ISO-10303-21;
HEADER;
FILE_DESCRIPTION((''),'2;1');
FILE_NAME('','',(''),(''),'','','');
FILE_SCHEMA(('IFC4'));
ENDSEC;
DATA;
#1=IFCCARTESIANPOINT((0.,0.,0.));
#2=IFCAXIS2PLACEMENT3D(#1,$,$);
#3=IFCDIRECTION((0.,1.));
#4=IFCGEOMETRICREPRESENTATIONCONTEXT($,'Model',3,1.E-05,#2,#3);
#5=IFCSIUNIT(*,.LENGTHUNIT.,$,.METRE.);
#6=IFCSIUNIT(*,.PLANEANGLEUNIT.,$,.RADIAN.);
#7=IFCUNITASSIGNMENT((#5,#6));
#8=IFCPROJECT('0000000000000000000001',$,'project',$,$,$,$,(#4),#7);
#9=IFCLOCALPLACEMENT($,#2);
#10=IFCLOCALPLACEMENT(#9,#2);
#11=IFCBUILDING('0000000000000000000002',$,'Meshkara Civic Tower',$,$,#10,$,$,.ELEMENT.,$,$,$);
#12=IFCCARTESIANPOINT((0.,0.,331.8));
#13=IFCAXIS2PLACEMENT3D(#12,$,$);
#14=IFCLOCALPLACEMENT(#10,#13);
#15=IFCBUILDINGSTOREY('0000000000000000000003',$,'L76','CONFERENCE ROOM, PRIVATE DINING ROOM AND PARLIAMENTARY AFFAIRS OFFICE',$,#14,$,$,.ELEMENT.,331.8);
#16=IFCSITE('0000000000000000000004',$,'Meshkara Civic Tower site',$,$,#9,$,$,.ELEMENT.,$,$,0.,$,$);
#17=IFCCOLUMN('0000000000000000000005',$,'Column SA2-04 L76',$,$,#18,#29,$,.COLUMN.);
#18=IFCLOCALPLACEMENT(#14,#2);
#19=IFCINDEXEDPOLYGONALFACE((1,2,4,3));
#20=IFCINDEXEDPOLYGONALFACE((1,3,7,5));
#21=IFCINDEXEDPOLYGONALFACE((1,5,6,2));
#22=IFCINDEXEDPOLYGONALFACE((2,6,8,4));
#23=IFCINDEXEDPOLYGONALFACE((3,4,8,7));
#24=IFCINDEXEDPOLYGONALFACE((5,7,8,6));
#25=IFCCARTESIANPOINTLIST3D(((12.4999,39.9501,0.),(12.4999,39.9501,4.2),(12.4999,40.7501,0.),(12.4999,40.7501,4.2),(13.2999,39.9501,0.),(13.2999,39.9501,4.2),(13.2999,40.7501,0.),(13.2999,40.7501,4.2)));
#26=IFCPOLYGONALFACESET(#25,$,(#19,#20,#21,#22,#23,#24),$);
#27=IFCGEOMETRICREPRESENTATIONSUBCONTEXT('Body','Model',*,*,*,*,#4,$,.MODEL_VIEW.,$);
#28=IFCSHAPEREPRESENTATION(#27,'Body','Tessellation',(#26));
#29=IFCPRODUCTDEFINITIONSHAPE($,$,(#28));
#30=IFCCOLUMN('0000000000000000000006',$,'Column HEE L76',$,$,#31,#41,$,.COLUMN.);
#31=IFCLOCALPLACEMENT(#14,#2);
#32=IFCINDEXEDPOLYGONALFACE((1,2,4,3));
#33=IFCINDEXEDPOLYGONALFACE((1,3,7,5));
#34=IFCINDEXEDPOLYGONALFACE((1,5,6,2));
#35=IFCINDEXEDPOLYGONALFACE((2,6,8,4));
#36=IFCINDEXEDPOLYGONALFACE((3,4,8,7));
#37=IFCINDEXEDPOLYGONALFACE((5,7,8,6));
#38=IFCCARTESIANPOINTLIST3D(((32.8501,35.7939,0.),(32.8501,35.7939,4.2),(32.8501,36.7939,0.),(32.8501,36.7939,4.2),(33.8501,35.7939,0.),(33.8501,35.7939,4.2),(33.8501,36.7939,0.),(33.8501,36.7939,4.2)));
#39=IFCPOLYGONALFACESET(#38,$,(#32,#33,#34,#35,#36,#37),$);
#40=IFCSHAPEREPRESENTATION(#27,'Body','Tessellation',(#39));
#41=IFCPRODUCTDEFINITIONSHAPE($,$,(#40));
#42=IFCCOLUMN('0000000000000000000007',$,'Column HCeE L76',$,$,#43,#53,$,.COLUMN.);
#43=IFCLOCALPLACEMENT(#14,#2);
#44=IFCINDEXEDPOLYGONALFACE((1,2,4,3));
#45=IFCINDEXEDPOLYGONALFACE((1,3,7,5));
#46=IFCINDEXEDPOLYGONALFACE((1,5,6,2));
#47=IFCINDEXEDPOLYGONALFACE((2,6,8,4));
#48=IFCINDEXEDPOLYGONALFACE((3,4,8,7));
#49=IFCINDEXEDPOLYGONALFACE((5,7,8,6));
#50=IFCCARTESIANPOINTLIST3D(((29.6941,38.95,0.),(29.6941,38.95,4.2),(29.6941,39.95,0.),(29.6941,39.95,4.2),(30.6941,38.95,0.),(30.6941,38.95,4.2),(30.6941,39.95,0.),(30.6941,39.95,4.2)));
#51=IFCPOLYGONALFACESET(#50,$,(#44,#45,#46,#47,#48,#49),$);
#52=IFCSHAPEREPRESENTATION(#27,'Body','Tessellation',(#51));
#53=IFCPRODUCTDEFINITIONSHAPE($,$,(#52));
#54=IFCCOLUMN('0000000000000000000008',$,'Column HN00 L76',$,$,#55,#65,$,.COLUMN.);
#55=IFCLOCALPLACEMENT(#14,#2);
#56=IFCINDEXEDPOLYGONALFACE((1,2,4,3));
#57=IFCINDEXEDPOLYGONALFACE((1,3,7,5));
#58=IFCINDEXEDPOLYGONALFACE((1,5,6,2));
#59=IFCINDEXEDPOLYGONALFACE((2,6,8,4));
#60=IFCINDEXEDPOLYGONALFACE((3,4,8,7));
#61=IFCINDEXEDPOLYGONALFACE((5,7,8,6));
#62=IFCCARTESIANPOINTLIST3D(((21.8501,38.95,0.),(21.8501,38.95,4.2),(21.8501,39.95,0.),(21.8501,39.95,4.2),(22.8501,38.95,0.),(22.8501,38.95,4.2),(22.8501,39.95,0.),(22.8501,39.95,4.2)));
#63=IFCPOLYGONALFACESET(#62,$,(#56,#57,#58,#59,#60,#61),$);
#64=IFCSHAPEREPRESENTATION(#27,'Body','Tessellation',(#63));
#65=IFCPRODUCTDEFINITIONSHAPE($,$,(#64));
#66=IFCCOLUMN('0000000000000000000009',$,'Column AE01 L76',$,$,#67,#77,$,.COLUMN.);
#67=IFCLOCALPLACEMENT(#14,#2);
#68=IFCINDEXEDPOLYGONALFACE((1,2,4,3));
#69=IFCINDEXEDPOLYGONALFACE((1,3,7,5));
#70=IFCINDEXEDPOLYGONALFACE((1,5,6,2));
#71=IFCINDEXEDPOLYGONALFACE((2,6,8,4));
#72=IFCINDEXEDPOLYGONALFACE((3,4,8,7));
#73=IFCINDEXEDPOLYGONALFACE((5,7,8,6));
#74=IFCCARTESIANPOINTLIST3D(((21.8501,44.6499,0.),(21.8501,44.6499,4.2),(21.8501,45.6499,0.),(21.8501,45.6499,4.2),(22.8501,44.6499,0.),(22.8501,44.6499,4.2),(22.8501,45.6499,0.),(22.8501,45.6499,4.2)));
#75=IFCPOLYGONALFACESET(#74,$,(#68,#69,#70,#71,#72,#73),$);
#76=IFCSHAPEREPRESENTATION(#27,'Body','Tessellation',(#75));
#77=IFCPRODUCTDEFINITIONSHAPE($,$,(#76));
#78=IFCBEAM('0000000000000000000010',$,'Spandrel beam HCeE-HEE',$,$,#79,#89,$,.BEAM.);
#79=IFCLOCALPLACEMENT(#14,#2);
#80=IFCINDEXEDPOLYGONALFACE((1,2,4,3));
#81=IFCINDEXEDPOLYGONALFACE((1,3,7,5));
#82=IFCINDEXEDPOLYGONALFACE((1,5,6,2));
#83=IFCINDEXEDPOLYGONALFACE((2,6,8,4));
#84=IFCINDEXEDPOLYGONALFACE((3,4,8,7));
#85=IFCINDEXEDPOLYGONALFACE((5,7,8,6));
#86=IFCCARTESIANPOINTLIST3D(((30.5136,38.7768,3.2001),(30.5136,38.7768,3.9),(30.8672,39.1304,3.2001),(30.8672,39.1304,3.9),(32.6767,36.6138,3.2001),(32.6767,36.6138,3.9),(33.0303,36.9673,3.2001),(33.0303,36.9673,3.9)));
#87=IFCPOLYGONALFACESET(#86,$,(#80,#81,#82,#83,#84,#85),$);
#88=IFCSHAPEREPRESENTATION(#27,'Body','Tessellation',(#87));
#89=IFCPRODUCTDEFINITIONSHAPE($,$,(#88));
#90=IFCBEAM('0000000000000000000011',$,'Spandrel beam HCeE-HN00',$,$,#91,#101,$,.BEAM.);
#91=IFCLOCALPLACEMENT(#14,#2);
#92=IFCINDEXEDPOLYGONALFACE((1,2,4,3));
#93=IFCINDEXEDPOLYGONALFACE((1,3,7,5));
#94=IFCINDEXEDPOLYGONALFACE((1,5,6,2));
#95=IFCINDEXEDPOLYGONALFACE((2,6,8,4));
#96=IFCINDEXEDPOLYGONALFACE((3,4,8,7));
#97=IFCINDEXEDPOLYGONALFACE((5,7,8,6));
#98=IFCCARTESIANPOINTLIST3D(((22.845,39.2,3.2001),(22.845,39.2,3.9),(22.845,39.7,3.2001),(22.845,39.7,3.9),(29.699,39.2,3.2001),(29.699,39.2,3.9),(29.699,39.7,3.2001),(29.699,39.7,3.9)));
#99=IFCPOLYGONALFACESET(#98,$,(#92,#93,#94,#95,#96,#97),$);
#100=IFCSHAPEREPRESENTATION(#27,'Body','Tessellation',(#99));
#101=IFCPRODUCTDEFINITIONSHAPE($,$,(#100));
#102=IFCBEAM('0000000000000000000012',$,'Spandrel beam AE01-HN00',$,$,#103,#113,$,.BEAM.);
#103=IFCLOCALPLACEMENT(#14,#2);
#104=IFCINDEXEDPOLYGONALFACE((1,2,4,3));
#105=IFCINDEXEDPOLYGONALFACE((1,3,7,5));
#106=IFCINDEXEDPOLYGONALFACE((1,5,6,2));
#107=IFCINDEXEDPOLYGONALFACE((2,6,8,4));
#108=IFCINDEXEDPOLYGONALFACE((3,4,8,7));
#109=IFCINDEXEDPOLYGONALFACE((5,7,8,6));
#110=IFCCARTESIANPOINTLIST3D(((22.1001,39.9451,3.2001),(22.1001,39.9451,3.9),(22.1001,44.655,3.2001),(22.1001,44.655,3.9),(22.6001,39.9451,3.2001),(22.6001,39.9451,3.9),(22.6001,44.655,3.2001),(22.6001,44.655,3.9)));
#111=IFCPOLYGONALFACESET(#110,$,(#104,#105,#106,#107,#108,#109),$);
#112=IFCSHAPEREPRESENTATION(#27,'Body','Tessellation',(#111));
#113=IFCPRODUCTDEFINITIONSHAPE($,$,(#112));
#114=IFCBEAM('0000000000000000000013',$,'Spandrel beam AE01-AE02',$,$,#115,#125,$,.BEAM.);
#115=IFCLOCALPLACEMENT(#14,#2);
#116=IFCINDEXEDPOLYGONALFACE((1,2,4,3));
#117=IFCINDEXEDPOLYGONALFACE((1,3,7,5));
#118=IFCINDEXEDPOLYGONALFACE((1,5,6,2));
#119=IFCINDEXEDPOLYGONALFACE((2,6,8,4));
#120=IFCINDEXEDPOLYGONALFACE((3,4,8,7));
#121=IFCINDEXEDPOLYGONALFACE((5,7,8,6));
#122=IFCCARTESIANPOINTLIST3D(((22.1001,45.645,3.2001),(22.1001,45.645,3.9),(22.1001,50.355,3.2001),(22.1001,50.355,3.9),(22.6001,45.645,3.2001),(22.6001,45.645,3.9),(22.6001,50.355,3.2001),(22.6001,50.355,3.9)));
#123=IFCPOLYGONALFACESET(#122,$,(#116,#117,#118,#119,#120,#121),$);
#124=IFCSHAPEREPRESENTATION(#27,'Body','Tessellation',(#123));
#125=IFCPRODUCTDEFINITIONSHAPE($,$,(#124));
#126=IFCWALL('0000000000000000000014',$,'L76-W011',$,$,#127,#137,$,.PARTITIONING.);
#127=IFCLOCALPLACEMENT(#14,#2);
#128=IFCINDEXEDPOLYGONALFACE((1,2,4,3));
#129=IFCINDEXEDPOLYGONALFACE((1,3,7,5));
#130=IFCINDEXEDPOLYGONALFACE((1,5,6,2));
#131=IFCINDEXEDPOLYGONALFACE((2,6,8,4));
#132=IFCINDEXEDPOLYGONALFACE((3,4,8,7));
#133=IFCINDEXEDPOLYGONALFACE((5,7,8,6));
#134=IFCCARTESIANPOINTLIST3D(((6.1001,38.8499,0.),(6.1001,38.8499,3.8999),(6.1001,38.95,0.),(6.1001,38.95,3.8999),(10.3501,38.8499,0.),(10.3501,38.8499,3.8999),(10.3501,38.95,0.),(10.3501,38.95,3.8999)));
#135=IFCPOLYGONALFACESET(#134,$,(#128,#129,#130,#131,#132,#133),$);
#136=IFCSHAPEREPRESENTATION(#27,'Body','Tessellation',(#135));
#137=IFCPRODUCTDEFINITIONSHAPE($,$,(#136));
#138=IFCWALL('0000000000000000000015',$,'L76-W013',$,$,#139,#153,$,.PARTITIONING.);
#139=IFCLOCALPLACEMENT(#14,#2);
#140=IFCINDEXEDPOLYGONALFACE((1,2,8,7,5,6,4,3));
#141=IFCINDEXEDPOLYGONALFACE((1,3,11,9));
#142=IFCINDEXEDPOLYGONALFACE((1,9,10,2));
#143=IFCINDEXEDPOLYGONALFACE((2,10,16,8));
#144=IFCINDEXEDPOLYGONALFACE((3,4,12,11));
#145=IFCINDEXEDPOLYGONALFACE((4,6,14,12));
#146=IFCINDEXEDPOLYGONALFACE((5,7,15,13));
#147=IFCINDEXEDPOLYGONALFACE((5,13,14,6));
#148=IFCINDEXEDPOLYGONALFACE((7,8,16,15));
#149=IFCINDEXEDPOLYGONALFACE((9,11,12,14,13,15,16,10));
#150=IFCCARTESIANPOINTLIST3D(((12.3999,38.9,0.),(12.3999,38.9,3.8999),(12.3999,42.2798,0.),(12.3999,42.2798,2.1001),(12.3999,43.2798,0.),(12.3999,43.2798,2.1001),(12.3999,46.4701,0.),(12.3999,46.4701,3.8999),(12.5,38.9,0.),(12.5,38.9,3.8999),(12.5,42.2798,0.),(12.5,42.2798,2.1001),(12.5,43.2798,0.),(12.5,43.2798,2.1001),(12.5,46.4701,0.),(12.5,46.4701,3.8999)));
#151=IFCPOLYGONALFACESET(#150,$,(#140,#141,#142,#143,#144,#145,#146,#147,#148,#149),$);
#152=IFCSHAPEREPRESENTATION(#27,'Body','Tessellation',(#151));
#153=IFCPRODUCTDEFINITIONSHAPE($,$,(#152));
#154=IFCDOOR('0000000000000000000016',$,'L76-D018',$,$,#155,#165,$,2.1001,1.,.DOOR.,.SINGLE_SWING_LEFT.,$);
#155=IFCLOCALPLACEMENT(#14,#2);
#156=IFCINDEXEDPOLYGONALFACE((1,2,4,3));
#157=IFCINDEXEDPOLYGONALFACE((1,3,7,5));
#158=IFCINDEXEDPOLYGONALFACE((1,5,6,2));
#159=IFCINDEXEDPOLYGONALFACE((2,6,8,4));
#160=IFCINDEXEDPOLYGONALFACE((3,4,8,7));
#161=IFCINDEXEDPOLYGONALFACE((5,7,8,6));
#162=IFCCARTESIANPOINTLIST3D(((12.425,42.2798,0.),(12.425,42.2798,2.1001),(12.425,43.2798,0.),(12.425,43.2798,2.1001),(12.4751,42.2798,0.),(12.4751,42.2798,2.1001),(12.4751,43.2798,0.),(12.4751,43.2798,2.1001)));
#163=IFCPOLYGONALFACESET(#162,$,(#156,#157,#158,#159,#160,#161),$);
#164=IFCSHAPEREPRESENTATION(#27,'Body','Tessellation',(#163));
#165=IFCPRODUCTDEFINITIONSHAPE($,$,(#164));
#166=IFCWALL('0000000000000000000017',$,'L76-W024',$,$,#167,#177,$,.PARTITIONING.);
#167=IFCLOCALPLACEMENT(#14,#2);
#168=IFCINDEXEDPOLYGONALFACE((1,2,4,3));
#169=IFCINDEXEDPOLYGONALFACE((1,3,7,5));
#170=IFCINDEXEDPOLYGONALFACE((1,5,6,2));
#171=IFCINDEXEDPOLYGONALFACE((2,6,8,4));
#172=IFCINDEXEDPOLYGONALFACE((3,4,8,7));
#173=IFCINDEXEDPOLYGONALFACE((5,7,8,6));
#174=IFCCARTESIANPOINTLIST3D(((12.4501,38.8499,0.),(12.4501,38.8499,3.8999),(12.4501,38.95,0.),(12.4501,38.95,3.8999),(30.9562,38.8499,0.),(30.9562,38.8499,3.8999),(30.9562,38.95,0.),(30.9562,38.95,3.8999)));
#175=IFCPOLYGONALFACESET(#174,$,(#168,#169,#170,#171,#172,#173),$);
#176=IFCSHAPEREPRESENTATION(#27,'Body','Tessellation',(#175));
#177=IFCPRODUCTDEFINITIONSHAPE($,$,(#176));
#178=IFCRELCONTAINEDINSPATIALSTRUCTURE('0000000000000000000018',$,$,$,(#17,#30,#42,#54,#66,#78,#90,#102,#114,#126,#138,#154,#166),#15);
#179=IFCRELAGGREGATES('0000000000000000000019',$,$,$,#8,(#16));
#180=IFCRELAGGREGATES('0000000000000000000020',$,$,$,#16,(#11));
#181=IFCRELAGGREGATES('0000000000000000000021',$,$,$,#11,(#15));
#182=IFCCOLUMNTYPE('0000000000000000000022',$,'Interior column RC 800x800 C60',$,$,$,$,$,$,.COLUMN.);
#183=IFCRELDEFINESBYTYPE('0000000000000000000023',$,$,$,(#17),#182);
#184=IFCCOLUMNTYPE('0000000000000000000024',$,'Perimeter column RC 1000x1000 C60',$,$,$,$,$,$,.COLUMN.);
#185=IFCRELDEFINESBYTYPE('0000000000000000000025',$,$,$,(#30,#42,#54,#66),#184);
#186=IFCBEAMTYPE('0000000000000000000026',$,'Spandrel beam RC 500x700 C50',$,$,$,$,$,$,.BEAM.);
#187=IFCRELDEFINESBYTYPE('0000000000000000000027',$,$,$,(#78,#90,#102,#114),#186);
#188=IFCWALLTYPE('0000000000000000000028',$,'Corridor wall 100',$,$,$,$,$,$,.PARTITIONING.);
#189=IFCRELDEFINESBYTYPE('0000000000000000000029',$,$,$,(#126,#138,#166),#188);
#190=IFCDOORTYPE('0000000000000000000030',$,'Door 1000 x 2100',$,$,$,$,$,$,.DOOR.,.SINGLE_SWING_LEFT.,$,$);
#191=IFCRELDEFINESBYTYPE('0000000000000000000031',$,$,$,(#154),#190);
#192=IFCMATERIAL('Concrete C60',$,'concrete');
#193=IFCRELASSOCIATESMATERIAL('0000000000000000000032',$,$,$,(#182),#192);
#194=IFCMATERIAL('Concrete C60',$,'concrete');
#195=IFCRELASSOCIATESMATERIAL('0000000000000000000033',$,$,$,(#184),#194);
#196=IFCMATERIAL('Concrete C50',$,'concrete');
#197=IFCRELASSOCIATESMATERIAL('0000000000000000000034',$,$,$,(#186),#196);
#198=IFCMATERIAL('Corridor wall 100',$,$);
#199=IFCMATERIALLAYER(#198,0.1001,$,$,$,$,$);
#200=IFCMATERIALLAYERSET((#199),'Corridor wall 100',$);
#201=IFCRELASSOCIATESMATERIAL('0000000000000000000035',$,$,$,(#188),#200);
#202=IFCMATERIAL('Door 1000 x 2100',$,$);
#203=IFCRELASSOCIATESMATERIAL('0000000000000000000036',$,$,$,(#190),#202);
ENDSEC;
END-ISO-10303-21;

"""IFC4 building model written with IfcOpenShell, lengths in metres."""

from ifc_helpers import new_model, si_unit, direction, frame, frame_2d, origin, origin_2d, place, context, subcontext, project, spatial, rectangle, extrude, material, layer, layer_set, material_profile, profile_set, type_object, element, fill, save


model = new_model("IFC4")

# Units and contexts
model_context = context("Model", 3, precision=1e-05, world=origin(), true_north=direction((0.0, 1.0)))
body_context = subcontext(model_context, "Body", "Model", "MODEL_VIEW")
ifc_project = project(units=[si_unit("LENGTHUNIT", "METRE"), si_unit("PLANEANGLEUNIT", "RADIAN")], contexts=[model_context])

# Site, building, storey
site_placement = place(None, origin())
site = spatial("IfcSite", under=ifc_project, at=site_placement, Name="Meshkara Civic Tower site", CompositionType="ELEMENT", RefElevation=0.0)
building_placement = place(site_placement, origin())
building = spatial("IfcBuilding", under=site, at=building_placement, Name="Meshkara Civic Tower", CompositionType="ELEMENT")
storey_placement = place(building_placement, frame((0.0, 0.0, 331.8)))
storey = spatial("IfcBuildingStorey", under=building, at=storey_placement, Name="L76", Description="CONFERENCE ROOM, PRIVATE DINING ROOM AND PARLIAMENTARY AFFAIRS OFFICE", CompositionType="ELEMENT", Elevation=331.8)

# Columns
ifc_material_1 = material(Name="Concrete C60", Category="concrete")
ifc_material_profile_1 = material_profile(ifc_material_1, rectangle(XDim=0.8, YDim=0.8, at=origin_2d()))
ifc_profile_set_1 = profile_set([ifc_material_profile_1], Name="Concrete C60")
column_type_1 = type_object("IfcColumnType", Name="Interior column RC 800x800 C60", PredefinedType="COLUMN", material=ifc_profile_set_1)
column_placement = place(storey_placement, frame((12.8999, 40.3501, 0.0), z_axis=(0.0, 0.0, 1.0), x_axis=(1.0, 0.0, 0.0)))
element("IfcColumn", 1, at=column_placement, inside=storey, type_object=column_type_1, Name="Column SA2-04 L76", PredefinedType="COLUMN", context=body_context, shape_type="SweptSolid", body=[
    extrude(rectangle(XDim=0.8, YDim=0.8, at=origin_2d()), origin(), (0.0, 0.0, 1.0), 4.2),
])
ifc_material_2 = material(Name="Concrete C60", Category="concrete")
ifc_material_profile_2 = material_profile(ifc_material_2, rectangle(XDim=1.0, YDim=1.0, at=origin_2d()))
ifc_profile_set_2 = profile_set([ifc_material_profile_2], Name="Concrete C60")
column_type_2 = type_object("IfcColumnType", Name="Perimeter column RC 1000x1000 C60", PredefinedType="COLUMN", material=ifc_profile_set_2)
for number, where, z_axis, x_axis, name in (
    (2, (33.3501, 36.2939, 0.0), (0.0, 0.0, 1.0), (1.0, 0.0, 0.0), "Column HEE L76"),
    (3, (30.1941, 39.45, 0.0), (0.0, 0.0, 1.0), (1.0, 0.0, 0.0), "Column HCeE L76"),
    (4, (22.3501, 39.45, 0.0), (0.0, 0.0, 1.0), (1.0, 0.0, 0.0), "Column HN00 L76"),
    (5, (22.3501, 45.1499, 0.0), (0.0, 0.0, 1.0), (1.0, 0.0, 0.0), "Column AE01 L76"),
):
    element("IfcColumn", number, at=place(storey_placement, frame(where, z_axis=z_axis, x_axis=x_axis)), inside=storey, type_object=column_type_2, Name=name, PredefinedType="COLUMN", context=body_context, shape_type="SweptSolid", body=[
        extrude(rectangle(XDim=1.0, YDim=1.0, at=origin_2d()), origin(), (0.0, 0.0, 1.0), 4.2),
    ])

# Beams
ifc_material_3 = material(Name="Concrete C50", Category="concrete")
ifc_material_profile_3 = material_profile(ifc_material_3, rectangle(XDim=0.5, YDim=0.7, at=origin_2d()))
ifc_profile_set_3 = profile_set([ifc_material_profile_3], Name="Concrete C50")
beam_type = type_object("IfcBeamType", Name="Spandrel beam RC 500x700 C50", PredefinedType="BEAM", material=ifc_profile_set_3)
beam_1_placement = place(storey_placement, frame((32.8535, 36.7905, 3.55), z_axis=(-0.707107, 0.707107, 0.0), x_axis=(-0.707107, -0.707107, 0.0)))
element("IfcBeam", 6, at=beam_1_placement, inside=storey, type_object=beam_type, Name="Spandrel beam HCeE-HEE", PredefinedType="BEAM", context=body_context, shape_type="SweptSolid", body=[
    extrude(rectangle(XDim=0.5, YDim=0.7, at=origin_2d()), origin(), (0.0, 0.0, 1.0), 3.0591),
])
beam_2_placement = place(storey_placement, frame((29.699, 39.45, 3.55), z_axis=(-1.0, 0.0, 0.0), x_axis=(0.0, -1.0, 0.0)))
element("IfcBeam", 7, at=beam_2_placement, inside=storey, type_object=beam_type, Name="Spandrel beam HCeE-HN00", PredefinedType="BEAM", context=body_context, shape_type="SweptSolid", body=[
    extrude(rectangle(XDim=0.5, YDim=0.7, at=origin_2d()), origin(), (0.0, 0.0, 1.0), 6.854),
])
for number, where, z_axis, x_axis, name in (
    (8, (22.3501, 39.9451, 3.55), (0.0, 1.0, 0.0), (-1.0, 0.0, 0.0), "Spandrel beam AE01-HN00"),
    (9, (22.3501, 45.645, 3.55), (0.0, 1.0, 0.0), (-1.0, 0.0, 0.0), "Spandrel beam AE01-AE02"),
):
    element("IfcBeam", number, at=place(storey_placement, frame(where, z_axis=z_axis, x_axis=x_axis)), inside=storey, type_object=beam_type, Name=name, PredefinedType="BEAM", context=body_context, shape_type="SweptSolid", body=[
        extrude(rectangle(XDim=0.5, YDim=0.7, at=origin_2d()), origin(), (0.0, 0.0, 1.0), 4.71),
    ])

# Wall
ifc_material_4 = material(Name="Corridor wall 100")
ifc_layer_1 = layer(ifc_material_4, 0.1001)
ifc_layer_set_1 = layer_set([ifc_layer_1], Name="Corridor wall 100")
wall_type_1 = type_object("IfcWallType", Name="Corridor wall 100", PredefinedType="PARTITIONING", material=ifc_layer_set_1)
wall_1_placement = place(storey_placement, frame((10.3501, 38.8999, 0.0), z_axis=(0.0, 0.0, 1.0), x_axis=(-1.0, 0.0, 0.0)))
element("IfcWall", 10, at=wall_1_placement, inside=storey, type_object=wall_type_1, Name="L76-W011", PredefinedType="PARTITIONING", context=body_context, shape_type="SweptSolid", body=[
    extrude(rectangle(XDim=4.25, YDim=0.1001, at=frame_2d((2.125, 0.0))), origin(), (0.0, 0.0, 1.0), 3.8999),
])

# Wall, opening, door
wall_2_placement = place(storey_placement, frame((12.45, 38.8999, 0.0), z_axis=(0.0, 0.0, 1.0), x_axis=(0.0, 1.0, 0.0)))
wall_2 = element("IfcWall", 11, at=wall_2_placement, inside=storey, type_object=wall_type_1, Name="L76-W013", PredefinedType="PARTITIONING", context=body_context, shape_type="SweptSolid", body=[
    extrude(rectangle(XDim=7.5701, YDim=0.1001, at=frame_2d((3.7852, 0.0))), origin(), (0.0, 0.0, 1.0), 3.8999),
])
opening_1_placement = place(wall_2_placement, frame((3.3799, 0.0, 0.0)))
opening_1 = element("IfcOpeningElement", 12, at=opening_1_placement, cuts=wall_2, PredefinedType="OPENING", context=body_context, shape_type="SweptSolid", body=[
    extrude(rectangle(XDim=1.0, YDim=2.1001, at=frame_2d((0.5, 1.05))), frame((0.0, 0.0601, 0.0), z_axis=(0.0, -1.0, 0.0), x_axis=(1.0, 0.0, 0.0)), (0.0, 0.0, 1.0), 0.1201),
])
ifc_material_5 = material(Name="Door 1000 x 2100")
door_type = type_object("IfcDoorType", Name="Door 1000 x 2100", OperationType="SINGLE_SWING_LEFT", PredefinedType="DOOR", material=ifc_material_5)
door_placement = place(opening_1_placement, origin())
door = element("IfcDoor", 13, at=door_placement, inside=storey, type_object=door_type, Name="L76-D018", OperationType="SINGLE_SWING_LEFT", OverallHeight=2.1001, OverallWidth=1.0, PredefinedType="DOOR", context=body_context, shape_type="SweptSolid", body=[
    extrude(rectangle(XDim=1.0, YDim=2.1001, at=frame_2d((0.5, 1.05))), frame((0.0, 0.0249, 0.0), z_axis=(0.0, -1.0, 0.0), x_axis=(1.0, 0.0, 0.0)), (0.0, 0.0, 1.0), 0.05),
])
fill(opening_1, door)

# Wall
wall_3_placement = place(storey_placement, frame((30.9561, 38.8999, 0.0), z_axis=(0.0, 0.0, 1.0), x_axis=(-1.0, 0.0, 0.0)))
element("IfcWall", 14, at=wall_3_placement, inside=storey, type_object=wall_type_1, Name="L76-W024", PredefinedType="PARTITIONING", context=body_context, shape_type="SweptSolid", body=[
    extrude(rectangle(XDim=18.5061, YDim=0.1001, at=frame_2d((9.2529, 0.0))), origin(), (0.0, 0.0, 1.0), 3.8999),
])

save(model, "model.ifc")
